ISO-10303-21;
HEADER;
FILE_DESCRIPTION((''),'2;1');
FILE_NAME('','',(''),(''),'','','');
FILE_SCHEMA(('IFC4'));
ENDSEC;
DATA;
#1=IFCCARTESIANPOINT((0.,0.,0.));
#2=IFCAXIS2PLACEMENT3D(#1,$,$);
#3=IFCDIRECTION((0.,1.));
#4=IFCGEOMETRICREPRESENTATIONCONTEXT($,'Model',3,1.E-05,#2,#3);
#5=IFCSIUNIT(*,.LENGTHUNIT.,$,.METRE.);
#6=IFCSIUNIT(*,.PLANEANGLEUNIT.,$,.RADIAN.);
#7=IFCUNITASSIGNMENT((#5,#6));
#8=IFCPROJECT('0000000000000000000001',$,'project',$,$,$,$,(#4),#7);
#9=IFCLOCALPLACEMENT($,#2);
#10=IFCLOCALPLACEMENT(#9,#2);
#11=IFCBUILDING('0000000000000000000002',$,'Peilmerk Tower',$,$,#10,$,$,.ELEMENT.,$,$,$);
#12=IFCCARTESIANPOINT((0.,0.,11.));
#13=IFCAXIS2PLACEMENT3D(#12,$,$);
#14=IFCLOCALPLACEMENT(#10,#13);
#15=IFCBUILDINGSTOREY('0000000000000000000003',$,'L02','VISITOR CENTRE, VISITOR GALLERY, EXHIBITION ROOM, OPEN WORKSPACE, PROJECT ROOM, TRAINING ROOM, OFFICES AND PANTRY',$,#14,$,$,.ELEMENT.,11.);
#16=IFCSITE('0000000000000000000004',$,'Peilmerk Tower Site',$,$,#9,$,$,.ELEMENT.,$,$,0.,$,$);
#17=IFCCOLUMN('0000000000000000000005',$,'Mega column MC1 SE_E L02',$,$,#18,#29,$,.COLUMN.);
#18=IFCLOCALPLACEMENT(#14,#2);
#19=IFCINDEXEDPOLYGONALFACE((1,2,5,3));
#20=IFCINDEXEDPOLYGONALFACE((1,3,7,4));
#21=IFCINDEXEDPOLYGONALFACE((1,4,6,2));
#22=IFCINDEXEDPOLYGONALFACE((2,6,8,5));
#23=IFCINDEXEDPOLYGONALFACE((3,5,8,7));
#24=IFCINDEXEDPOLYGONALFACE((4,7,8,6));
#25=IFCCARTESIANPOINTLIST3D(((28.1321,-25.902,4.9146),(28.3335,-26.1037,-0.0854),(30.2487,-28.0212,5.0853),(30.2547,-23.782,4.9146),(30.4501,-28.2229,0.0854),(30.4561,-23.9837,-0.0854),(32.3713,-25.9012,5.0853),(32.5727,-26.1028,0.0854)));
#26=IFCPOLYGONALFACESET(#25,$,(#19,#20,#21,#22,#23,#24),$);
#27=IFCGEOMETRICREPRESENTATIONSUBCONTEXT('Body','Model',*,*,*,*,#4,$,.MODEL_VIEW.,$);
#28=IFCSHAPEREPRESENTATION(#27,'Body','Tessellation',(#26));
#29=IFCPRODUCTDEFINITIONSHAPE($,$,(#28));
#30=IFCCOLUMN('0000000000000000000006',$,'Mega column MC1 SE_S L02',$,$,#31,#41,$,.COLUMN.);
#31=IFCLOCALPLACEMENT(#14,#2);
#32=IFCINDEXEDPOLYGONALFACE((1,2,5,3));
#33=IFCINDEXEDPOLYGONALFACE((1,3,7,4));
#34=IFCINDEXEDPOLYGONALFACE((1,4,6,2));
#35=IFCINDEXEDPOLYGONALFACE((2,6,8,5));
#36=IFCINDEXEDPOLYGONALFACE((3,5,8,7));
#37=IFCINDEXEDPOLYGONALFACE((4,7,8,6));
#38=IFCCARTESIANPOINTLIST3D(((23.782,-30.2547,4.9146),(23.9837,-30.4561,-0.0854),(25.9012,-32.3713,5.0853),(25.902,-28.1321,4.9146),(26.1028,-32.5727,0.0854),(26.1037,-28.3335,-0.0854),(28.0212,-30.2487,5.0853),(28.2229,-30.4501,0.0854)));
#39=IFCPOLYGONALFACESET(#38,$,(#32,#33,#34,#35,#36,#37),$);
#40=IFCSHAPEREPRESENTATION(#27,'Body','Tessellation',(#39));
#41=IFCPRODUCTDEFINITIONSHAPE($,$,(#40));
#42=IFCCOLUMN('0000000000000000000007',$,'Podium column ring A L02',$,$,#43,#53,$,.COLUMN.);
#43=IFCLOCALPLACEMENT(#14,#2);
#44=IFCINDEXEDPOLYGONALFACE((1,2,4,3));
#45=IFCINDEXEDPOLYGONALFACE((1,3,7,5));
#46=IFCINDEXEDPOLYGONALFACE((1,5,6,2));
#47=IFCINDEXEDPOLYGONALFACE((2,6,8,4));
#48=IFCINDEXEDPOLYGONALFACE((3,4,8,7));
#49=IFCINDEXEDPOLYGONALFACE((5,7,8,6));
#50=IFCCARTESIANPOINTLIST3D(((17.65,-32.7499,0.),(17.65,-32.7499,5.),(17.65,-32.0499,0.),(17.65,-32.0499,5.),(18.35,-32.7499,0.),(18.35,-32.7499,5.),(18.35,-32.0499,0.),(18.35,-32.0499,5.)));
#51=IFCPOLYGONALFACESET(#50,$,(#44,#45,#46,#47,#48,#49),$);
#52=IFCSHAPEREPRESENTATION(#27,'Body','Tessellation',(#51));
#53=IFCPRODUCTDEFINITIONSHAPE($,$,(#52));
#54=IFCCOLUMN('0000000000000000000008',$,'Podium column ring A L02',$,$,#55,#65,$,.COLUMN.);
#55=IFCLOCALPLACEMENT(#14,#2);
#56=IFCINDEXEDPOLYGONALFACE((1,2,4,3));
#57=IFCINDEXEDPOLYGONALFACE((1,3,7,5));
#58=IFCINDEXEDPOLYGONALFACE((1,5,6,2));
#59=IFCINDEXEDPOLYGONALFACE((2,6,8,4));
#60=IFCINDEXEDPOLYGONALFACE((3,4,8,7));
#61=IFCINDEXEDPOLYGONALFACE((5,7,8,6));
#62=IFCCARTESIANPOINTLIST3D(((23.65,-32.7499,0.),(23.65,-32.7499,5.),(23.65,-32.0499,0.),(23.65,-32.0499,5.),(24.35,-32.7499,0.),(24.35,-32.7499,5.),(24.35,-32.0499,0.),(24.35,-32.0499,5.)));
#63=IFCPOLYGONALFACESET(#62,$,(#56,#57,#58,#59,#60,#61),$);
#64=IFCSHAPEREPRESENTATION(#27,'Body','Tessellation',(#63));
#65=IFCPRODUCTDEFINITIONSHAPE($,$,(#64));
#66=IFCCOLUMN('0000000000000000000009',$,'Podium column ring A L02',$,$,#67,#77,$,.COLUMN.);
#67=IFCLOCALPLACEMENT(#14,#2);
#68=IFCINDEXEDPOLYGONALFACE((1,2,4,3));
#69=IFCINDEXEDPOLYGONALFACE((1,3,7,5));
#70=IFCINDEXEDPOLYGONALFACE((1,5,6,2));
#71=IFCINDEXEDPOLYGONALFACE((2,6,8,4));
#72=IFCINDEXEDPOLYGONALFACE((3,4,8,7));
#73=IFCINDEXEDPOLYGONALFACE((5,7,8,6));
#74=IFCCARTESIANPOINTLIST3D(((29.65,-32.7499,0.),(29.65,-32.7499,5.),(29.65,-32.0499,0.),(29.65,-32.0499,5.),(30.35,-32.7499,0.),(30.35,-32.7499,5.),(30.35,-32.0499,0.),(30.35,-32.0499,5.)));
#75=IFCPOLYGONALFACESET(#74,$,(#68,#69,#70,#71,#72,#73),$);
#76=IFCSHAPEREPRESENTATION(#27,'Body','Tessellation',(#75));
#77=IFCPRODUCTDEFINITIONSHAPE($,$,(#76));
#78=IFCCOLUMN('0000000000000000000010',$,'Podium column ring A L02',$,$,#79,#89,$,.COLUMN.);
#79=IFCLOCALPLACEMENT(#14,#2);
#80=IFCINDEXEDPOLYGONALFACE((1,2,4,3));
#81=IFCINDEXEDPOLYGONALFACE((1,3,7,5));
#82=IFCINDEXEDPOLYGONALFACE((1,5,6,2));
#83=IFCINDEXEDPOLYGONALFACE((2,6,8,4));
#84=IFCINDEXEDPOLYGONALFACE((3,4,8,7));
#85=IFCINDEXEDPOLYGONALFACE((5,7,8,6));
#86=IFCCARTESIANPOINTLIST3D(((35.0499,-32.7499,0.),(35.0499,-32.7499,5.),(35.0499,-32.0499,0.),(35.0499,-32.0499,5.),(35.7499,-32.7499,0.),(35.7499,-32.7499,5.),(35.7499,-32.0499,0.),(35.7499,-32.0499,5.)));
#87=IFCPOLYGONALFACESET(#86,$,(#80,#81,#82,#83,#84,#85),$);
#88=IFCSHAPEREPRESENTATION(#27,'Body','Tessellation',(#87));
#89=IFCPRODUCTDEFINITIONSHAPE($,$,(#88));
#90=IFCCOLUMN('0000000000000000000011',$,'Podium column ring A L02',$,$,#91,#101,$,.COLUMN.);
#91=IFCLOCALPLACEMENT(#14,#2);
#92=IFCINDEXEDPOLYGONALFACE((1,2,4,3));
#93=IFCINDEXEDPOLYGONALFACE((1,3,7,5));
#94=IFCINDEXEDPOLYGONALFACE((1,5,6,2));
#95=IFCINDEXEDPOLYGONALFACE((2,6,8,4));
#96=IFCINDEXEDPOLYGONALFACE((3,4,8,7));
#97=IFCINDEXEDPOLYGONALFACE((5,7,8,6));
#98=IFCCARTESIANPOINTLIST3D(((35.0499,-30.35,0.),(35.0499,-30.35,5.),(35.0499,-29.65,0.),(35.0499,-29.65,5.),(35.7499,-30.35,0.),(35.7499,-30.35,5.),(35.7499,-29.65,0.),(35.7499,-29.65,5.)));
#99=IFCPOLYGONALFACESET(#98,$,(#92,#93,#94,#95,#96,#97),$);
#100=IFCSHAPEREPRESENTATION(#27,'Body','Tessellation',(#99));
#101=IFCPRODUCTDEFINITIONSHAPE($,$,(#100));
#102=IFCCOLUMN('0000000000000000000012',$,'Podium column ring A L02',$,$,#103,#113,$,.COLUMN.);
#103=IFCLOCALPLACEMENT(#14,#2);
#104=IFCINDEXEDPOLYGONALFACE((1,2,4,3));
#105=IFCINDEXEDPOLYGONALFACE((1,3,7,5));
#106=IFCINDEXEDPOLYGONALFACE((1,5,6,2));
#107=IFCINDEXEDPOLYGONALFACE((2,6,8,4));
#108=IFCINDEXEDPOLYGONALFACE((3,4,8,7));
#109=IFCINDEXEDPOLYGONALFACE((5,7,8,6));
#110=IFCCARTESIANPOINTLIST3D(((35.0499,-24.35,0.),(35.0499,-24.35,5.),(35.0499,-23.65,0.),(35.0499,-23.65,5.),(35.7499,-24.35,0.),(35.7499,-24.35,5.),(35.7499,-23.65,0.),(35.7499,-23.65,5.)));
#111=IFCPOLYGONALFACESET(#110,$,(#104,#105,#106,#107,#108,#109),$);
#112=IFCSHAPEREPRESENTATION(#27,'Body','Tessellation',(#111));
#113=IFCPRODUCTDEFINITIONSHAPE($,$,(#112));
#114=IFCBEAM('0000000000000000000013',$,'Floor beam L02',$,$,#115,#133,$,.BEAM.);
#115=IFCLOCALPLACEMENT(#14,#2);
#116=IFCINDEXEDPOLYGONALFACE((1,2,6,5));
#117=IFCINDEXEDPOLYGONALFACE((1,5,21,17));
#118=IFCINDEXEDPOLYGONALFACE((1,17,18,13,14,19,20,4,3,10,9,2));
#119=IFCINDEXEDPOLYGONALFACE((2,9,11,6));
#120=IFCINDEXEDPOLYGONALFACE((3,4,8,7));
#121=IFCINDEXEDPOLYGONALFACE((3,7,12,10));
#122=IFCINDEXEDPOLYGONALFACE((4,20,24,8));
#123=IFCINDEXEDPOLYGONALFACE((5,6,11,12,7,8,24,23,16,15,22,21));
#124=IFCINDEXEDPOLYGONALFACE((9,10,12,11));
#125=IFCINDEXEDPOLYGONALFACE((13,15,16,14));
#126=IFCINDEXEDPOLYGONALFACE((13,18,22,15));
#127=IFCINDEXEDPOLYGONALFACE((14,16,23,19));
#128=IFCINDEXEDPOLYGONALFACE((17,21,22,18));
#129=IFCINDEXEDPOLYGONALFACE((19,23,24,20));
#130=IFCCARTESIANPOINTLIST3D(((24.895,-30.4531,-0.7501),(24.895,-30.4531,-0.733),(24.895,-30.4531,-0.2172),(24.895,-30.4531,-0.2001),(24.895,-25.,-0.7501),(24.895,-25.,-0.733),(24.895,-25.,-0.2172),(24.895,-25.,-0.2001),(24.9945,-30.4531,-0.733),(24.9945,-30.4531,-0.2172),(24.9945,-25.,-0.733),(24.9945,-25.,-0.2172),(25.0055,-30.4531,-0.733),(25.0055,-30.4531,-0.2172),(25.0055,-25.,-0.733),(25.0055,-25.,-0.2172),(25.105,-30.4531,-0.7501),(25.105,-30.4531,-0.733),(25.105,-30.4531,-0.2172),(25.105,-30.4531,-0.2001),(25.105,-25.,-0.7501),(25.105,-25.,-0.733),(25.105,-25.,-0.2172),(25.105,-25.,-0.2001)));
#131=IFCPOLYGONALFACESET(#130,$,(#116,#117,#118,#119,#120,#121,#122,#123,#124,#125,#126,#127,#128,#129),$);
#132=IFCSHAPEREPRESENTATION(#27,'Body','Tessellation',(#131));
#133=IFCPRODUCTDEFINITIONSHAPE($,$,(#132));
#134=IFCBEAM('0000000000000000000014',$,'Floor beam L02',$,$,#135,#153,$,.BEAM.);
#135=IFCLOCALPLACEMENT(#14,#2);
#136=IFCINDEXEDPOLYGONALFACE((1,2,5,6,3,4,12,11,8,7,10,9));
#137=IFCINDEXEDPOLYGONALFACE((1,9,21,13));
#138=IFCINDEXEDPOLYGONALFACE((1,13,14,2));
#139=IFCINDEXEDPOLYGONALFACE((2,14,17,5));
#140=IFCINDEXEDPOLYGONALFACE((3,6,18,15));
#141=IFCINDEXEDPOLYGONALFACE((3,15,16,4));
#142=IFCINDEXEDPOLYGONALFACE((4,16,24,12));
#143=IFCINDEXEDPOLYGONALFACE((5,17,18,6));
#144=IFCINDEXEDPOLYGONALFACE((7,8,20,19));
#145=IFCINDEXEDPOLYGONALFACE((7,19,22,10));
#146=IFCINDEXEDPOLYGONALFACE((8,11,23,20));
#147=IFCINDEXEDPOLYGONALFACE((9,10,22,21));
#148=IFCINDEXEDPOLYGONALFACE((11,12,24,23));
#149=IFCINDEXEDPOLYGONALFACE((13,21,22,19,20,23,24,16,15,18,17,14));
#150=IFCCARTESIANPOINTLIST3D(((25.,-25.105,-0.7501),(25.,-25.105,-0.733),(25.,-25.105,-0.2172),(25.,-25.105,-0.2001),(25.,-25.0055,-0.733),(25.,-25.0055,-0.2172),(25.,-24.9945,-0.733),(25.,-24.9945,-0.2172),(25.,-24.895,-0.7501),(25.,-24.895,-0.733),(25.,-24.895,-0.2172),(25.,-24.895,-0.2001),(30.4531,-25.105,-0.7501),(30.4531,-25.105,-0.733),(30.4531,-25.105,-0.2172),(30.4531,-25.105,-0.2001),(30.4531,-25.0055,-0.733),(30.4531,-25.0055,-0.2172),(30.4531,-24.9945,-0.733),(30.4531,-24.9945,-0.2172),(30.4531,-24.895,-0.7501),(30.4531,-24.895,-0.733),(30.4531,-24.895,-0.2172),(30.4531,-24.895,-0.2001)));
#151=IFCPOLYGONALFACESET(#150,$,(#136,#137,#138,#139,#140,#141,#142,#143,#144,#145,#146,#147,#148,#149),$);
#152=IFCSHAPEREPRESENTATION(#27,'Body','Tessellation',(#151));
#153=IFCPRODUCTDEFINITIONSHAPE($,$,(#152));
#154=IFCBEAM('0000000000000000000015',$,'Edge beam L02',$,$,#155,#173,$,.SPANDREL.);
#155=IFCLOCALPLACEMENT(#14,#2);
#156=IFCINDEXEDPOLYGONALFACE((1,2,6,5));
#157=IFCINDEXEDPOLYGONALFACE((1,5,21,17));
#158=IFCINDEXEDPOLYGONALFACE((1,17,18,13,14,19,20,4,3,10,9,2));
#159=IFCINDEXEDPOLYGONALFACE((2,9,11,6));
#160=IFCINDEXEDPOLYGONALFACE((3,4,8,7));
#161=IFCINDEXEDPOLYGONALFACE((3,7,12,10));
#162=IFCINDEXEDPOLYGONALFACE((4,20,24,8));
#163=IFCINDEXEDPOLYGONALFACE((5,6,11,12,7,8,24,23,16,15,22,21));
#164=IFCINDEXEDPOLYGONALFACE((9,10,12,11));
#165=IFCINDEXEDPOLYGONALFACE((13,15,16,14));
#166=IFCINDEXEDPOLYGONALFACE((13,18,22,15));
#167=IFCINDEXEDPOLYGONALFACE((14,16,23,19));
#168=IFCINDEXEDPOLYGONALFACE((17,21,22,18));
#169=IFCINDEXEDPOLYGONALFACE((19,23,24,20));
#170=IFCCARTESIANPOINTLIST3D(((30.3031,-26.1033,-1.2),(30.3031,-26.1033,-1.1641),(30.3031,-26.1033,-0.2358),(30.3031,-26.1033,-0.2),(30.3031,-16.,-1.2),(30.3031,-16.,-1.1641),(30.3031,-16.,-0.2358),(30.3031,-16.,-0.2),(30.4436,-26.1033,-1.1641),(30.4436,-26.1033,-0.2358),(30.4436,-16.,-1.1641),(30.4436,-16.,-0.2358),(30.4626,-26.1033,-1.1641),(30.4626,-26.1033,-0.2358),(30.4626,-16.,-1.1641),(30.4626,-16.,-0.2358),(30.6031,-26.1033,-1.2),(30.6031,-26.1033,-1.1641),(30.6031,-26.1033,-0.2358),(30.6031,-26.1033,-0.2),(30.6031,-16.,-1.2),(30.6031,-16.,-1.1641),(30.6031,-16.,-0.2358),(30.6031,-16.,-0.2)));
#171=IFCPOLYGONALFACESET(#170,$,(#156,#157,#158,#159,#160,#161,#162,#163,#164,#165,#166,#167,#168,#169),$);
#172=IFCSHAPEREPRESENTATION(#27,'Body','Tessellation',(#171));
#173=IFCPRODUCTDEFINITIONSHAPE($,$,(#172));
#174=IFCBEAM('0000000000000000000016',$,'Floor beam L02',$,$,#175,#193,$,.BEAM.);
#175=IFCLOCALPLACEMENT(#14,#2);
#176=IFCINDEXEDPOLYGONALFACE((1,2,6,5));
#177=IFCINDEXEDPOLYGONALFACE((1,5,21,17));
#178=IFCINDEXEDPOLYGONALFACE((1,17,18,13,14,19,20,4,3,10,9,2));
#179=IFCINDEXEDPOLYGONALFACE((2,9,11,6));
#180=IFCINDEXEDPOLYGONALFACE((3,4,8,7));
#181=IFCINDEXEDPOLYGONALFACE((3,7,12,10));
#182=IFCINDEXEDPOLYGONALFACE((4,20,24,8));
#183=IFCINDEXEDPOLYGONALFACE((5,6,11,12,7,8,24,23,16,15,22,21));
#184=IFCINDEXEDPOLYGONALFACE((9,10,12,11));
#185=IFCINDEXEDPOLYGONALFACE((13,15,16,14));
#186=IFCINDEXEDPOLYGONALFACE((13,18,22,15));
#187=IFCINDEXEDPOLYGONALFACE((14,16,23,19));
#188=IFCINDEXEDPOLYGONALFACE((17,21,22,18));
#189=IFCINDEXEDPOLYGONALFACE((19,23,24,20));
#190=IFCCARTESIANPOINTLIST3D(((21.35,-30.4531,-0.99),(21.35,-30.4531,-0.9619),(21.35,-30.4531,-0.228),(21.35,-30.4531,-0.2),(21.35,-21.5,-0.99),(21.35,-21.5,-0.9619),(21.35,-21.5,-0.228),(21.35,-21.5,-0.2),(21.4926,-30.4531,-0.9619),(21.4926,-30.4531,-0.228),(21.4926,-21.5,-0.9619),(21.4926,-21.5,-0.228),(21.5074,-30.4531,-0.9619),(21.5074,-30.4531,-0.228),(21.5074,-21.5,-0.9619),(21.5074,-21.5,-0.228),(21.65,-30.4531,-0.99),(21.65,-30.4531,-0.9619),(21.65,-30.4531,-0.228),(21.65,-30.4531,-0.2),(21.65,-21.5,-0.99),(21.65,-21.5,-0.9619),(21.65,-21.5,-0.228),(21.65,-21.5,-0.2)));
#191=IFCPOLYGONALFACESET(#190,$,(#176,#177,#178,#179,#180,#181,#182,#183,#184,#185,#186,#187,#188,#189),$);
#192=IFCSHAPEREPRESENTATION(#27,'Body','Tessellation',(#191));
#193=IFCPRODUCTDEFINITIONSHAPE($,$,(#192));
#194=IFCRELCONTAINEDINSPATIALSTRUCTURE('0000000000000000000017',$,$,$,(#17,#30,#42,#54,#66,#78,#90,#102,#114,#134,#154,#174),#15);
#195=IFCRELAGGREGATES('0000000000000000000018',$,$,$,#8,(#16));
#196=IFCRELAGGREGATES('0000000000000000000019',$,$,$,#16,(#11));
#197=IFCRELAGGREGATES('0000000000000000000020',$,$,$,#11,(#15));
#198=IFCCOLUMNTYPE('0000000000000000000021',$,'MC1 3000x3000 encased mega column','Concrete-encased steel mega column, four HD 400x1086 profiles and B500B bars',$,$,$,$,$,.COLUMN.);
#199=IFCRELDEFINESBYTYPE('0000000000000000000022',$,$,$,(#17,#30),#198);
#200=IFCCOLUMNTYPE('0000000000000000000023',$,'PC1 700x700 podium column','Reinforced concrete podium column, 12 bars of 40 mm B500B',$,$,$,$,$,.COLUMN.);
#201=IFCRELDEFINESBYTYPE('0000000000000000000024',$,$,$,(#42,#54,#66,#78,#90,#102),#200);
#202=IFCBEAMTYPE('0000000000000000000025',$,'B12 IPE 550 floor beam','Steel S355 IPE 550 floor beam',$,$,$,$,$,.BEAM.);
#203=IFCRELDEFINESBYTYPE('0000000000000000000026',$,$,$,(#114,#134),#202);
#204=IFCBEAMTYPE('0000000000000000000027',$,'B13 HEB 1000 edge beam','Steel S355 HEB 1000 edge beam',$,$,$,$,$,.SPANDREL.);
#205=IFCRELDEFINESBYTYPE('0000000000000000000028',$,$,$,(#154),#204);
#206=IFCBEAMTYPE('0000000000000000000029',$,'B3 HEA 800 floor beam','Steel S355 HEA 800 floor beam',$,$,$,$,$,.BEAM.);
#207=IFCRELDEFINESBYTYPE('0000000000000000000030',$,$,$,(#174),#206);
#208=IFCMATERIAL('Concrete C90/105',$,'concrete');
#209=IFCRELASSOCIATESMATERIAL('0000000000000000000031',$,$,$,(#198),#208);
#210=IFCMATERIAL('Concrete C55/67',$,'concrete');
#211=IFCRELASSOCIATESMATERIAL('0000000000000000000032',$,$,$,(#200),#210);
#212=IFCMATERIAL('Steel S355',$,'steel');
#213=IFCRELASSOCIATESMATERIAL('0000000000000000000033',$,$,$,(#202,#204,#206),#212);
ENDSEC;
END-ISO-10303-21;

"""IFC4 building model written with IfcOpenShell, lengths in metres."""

from ifc_helpers import new_model, si_unit, direction, frame, origin, origin_2d, place, context, subcontext, project, spatial, rectangle, i_section, extrude, material, material_profile, profile_set, type_object, element, save


model = new_model("IFC4")

# Units and contexts
model_context = context("Model", 3, precision=1e-05, world=origin(), true_north=direction((0.0, 1.0)))
body_context = subcontext(model_context, "Body", "Model", "MODEL_VIEW")
ifc_project = project(units=[si_unit("LENGTHUNIT", "METRE"), si_unit("PLANEANGLEUNIT", "RADIAN")], contexts=[model_context])

# Site, building, storey
site_placement = place(None, origin())
site = spatial("IfcSite", under=ifc_project, at=site_placement, Name="Peilmerk Tower Site", CompositionType="ELEMENT", RefElevation=0.0)
building_placement = place(site_placement, origin())
building = spatial("IfcBuilding", under=site, at=building_placement, Name="Peilmerk Tower", CompositionType="ELEMENT")
storey_placement = place(building_placement, frame((0.0, 0.0, 11.0)))
storey = spatial("IfcBuildingStorey", under=building, at=storey_placement, Name="L02", Description="VISITOR CENTRE, VISITOR GALLERY, EXHIBITION ROOM, OPEN WORKSPACE, PROJECT ROOM, TRAINING ROOM, OFFICES AND PANTRY", CompositionType="ELEMENT", Elevation=11.0)

# Columns
ifc_material_1 = material(Name="Concrete C90/105", Category="concrete")
ifc_material_profile_1 = material_profile(ifc_material_1, rectangle(XDim=3.0, YDim=3.0, at=origin_2d()), Name="RC 3000x3000")
ifc_profile_set_1 = profile_set([ifc_material_profile_1], Name="Concrete C90/105")
column_type_1 = type_object("IfcColumnType", Name="MC1 3000x3000 encased mega column", Description="Concrete-encased steel mega column, four HD 400x1086 profiles and B500B bars", PredefinedType="COLUMN", material=ifc_profile_set_1)
for number, where, z_axis, x_axis, name in (
    (1, (30.4531, -26.1033, 0.0), (-0.040218, 0.040267, 0.998379), (-0.707535, -0.706678, 0.0), "Mega column MC1 SE_E L02"),
    (2, (26.1033, -30.4531, 0.0), (-0.040267, 0.040218, 0.998379), (-0.706678, -0.707535, 0.0), "Mega column MC1 SE_S L02"),
):
    element("IfcColumn", number, at=place(storey_placement, frame(where, z_axis=z_axis, x_axis=x_axis)), inside=storey, type_object=column_type_1, Name=name, PredefinedType="COLUMN", context=body_context, shape_type="SweptSolid", body=[
        extrude(rectangle(XDim=3.0, YDim=3.0, at=origin_2d()), origin(), (0.0, 0.0, 1.0), 5.0081),
    ])
ifc_material_2 = material(Name="Concrete C55/67", Category="concrete")
ifc_material_profile_2 = material_profile(ifc_material_2, rectangle(XDim=0.7, YDim=0.7, at=origin_2d()), Name="RC 700x700")
ifc_profile_set_2 = profile_set([ifc_material_profile_2], Name="Concrete C55/67")
column_type_2 = type_object("IfcColumnType", Name="PC1 700x700 podium column", Description="Reinforced concrete podium column, 12 bars of 40 mm B500B", PredefinedType="COLUMN", material=ifc_profile_set_2)
for number, where, z_axis, x_axis, name in (
    (3, (18.0, -32.3999, 0.0), (0.0, 0.0, 1.0), (1.0, 0.0, 0.0), "Podium column ring A L02"),
    (4, (24.0, -32.3999, 0.0), (0.0, 0.0, 1.0), (1.0, 0.0, 0.0), "Podium column ring A L02"),
    (5, (30.0, -32.3999, 0.0), (0.0, 0.0, 1.0), (1.0, 0.0, 0.0), "Podium column ring A L02"),
    (6, (35.3999, -32.3999, 0.0), (0.0, 0.0, 1.0), (1.0, 0.0, 0.0), "Podium column ring A L02"),
    (7, (35.3999, -30.0, 0.0), (0.0, 0.0, 1.0), (1.0, 0.0, 0.0), "Podium column ring A L02"),
    (8, (35.3999, -24.0, 0.0), (0.0, 0.0, 1.0), (1.0, 0.0, 0.0), "Podium column ring A L02"),
):
    element("IfcColumn", number, at=place(storey_placement, frame(where, z_axis=z_axis, x_axis=x_axis)), inside=storey, type_object=column_type_2, Name=name, PredefinedType="COLUMN", context=body_context, shape_type="SweptSolid", body=[
        extrude(rectangle(XDim=0.7, YDim=0.7, at=origin_2d()), origin(), (0.0, 0.0, 1.0), 5.0),
    ])

# Beams
ifc_material_3 = material(Name="Steel S355", Category="steel")
ifc_material_profile_3 = material_profile(ifc_material_3, i_section(OverallWidth=0.21, OverallDepth=0.55, WebThickness=0.011, FlangeThickness=0.0171, at=origin_2d()), Name="IPE 550")
ifc_profile_set_3 = profile_set([ifc_material_profile_3], Name="Steel S355")
beam_type_1 = type_object("IfcBeamType", Name="B12 IPE 550 floor beam", Description="Steel S355 IPE 550 floor beam", PredefinedType="BEAM", material=ifc_profile_set_3)
for number, where, z_axis, x_axis, name in (
    (9, (25.0, -25.0, -0.4751), (0.0, -1.0, 0.0), (1.0, 0.0, 0.0), "Floor beam L02"),
    (10, (25.0, -25.0, -0.4751), (1.0, 0.0, 0.0), (0.0, 1.0, 0.0), "Floor beam L02"),
):
    element("IfcBeam", number, at=place(storey_placement, frame(where, z_axis=z_axis, x_axis=x_axis)), inside=storey, type_object=beam_type_1, Name=name, PredefinedType="BEAM", context=body_context, shape_type="SweptSolid", body=[
        extrude(i_section(OverallWidth=0.21, OverallDepth=0.55, WebThickness=0.011, FlangeThickness=0.0171, at=origin_2d()), origin(), (0.0, 0.0, 1.0), 5.4531),
    ])
ifc_material_profile_4 = material_profile(ifc_material_3, i_section(OverallWidth=0.3, OverallDepth=1.0, WebThickness=0.019, FlangeThickness=0.0359, at=origin_2d()), Name="HEB 1000")
ifc_profile_set_4 = profile_set([ifc_material_profile_4], Name="Steel S355")
beam_type_2 = type_object("IfcBeamType", Name="B13 HEB 1000 edge beam", Description="Steel S355 HEB 1000 edge beam", PredefinedType="SPANDREL", material=ifc_profile_set_4)
beam_1_placement = place(storey_placement, frame((30.4531, -26.1033, -0.7), z_axis=(0.0, 1.0, 0.0), x_axis=(-1.0, 0.0, 0.0)))
element("IfcBeam", 11, at=beam_1_placement, inside=storey, type_object=beam_type_2, Name="Edge beam L02", PredefinedType="SPANDREL", context=body_context, shape_type="SweptSolid", body=[
    extrude(i_section(OverallWidth=0.3, OverallDepth=1.0, WebThickness=0.019, FlangeThickness=0.0359, at=origin_2d()), origin(), (0.0, 0.0, 1.0), 10.1033),
])
ifc_material_profile_5 = material_profile(ifc_material_3, i_section(OverallWidth=0.3, OverallDepth=0.79, WebThickness=0.0149, FlangeThickness=0.0281, at=origin_2d()), Name="HEA 800")
ifc_profile_set_5 = profile_set([ifc_material_profile_5], Name="Steel S355")
beam_type_3 = type_object("IfcBeamType", Name="B3 HEA 800 floor beam", Description="Steel S355 HEA 800 floor beam", PredefinedType="BEAM", material=ifc_profile_set_5)
for number, where, z_axis, x_axis, name in (
    (12, (21.5, -21.5, -0.595), (0.0, -1.0, 0.0), (1.0, 0.0, 0.0), "Floor beam L02"),
):
    element("IfcBeam", number, at=place(storey_placement, frame(where, z_axis=z_axis, x_axis=x_axis)), inside=storey, type_object=beam_type_3, Name=name, PredefinedType="BEAM", context=body_context, shape_type="SweptSolid", body=[
        extrude(i_section(OverallWidth=0.3, OverallDepth=0.79, WebThickness=0.0149, FlangeThickness=0.0281, at=origin_2d()), origin(), (0.0, 0.0, 1.0), 8.9531),
    ])

save(model, "model.ifc")
